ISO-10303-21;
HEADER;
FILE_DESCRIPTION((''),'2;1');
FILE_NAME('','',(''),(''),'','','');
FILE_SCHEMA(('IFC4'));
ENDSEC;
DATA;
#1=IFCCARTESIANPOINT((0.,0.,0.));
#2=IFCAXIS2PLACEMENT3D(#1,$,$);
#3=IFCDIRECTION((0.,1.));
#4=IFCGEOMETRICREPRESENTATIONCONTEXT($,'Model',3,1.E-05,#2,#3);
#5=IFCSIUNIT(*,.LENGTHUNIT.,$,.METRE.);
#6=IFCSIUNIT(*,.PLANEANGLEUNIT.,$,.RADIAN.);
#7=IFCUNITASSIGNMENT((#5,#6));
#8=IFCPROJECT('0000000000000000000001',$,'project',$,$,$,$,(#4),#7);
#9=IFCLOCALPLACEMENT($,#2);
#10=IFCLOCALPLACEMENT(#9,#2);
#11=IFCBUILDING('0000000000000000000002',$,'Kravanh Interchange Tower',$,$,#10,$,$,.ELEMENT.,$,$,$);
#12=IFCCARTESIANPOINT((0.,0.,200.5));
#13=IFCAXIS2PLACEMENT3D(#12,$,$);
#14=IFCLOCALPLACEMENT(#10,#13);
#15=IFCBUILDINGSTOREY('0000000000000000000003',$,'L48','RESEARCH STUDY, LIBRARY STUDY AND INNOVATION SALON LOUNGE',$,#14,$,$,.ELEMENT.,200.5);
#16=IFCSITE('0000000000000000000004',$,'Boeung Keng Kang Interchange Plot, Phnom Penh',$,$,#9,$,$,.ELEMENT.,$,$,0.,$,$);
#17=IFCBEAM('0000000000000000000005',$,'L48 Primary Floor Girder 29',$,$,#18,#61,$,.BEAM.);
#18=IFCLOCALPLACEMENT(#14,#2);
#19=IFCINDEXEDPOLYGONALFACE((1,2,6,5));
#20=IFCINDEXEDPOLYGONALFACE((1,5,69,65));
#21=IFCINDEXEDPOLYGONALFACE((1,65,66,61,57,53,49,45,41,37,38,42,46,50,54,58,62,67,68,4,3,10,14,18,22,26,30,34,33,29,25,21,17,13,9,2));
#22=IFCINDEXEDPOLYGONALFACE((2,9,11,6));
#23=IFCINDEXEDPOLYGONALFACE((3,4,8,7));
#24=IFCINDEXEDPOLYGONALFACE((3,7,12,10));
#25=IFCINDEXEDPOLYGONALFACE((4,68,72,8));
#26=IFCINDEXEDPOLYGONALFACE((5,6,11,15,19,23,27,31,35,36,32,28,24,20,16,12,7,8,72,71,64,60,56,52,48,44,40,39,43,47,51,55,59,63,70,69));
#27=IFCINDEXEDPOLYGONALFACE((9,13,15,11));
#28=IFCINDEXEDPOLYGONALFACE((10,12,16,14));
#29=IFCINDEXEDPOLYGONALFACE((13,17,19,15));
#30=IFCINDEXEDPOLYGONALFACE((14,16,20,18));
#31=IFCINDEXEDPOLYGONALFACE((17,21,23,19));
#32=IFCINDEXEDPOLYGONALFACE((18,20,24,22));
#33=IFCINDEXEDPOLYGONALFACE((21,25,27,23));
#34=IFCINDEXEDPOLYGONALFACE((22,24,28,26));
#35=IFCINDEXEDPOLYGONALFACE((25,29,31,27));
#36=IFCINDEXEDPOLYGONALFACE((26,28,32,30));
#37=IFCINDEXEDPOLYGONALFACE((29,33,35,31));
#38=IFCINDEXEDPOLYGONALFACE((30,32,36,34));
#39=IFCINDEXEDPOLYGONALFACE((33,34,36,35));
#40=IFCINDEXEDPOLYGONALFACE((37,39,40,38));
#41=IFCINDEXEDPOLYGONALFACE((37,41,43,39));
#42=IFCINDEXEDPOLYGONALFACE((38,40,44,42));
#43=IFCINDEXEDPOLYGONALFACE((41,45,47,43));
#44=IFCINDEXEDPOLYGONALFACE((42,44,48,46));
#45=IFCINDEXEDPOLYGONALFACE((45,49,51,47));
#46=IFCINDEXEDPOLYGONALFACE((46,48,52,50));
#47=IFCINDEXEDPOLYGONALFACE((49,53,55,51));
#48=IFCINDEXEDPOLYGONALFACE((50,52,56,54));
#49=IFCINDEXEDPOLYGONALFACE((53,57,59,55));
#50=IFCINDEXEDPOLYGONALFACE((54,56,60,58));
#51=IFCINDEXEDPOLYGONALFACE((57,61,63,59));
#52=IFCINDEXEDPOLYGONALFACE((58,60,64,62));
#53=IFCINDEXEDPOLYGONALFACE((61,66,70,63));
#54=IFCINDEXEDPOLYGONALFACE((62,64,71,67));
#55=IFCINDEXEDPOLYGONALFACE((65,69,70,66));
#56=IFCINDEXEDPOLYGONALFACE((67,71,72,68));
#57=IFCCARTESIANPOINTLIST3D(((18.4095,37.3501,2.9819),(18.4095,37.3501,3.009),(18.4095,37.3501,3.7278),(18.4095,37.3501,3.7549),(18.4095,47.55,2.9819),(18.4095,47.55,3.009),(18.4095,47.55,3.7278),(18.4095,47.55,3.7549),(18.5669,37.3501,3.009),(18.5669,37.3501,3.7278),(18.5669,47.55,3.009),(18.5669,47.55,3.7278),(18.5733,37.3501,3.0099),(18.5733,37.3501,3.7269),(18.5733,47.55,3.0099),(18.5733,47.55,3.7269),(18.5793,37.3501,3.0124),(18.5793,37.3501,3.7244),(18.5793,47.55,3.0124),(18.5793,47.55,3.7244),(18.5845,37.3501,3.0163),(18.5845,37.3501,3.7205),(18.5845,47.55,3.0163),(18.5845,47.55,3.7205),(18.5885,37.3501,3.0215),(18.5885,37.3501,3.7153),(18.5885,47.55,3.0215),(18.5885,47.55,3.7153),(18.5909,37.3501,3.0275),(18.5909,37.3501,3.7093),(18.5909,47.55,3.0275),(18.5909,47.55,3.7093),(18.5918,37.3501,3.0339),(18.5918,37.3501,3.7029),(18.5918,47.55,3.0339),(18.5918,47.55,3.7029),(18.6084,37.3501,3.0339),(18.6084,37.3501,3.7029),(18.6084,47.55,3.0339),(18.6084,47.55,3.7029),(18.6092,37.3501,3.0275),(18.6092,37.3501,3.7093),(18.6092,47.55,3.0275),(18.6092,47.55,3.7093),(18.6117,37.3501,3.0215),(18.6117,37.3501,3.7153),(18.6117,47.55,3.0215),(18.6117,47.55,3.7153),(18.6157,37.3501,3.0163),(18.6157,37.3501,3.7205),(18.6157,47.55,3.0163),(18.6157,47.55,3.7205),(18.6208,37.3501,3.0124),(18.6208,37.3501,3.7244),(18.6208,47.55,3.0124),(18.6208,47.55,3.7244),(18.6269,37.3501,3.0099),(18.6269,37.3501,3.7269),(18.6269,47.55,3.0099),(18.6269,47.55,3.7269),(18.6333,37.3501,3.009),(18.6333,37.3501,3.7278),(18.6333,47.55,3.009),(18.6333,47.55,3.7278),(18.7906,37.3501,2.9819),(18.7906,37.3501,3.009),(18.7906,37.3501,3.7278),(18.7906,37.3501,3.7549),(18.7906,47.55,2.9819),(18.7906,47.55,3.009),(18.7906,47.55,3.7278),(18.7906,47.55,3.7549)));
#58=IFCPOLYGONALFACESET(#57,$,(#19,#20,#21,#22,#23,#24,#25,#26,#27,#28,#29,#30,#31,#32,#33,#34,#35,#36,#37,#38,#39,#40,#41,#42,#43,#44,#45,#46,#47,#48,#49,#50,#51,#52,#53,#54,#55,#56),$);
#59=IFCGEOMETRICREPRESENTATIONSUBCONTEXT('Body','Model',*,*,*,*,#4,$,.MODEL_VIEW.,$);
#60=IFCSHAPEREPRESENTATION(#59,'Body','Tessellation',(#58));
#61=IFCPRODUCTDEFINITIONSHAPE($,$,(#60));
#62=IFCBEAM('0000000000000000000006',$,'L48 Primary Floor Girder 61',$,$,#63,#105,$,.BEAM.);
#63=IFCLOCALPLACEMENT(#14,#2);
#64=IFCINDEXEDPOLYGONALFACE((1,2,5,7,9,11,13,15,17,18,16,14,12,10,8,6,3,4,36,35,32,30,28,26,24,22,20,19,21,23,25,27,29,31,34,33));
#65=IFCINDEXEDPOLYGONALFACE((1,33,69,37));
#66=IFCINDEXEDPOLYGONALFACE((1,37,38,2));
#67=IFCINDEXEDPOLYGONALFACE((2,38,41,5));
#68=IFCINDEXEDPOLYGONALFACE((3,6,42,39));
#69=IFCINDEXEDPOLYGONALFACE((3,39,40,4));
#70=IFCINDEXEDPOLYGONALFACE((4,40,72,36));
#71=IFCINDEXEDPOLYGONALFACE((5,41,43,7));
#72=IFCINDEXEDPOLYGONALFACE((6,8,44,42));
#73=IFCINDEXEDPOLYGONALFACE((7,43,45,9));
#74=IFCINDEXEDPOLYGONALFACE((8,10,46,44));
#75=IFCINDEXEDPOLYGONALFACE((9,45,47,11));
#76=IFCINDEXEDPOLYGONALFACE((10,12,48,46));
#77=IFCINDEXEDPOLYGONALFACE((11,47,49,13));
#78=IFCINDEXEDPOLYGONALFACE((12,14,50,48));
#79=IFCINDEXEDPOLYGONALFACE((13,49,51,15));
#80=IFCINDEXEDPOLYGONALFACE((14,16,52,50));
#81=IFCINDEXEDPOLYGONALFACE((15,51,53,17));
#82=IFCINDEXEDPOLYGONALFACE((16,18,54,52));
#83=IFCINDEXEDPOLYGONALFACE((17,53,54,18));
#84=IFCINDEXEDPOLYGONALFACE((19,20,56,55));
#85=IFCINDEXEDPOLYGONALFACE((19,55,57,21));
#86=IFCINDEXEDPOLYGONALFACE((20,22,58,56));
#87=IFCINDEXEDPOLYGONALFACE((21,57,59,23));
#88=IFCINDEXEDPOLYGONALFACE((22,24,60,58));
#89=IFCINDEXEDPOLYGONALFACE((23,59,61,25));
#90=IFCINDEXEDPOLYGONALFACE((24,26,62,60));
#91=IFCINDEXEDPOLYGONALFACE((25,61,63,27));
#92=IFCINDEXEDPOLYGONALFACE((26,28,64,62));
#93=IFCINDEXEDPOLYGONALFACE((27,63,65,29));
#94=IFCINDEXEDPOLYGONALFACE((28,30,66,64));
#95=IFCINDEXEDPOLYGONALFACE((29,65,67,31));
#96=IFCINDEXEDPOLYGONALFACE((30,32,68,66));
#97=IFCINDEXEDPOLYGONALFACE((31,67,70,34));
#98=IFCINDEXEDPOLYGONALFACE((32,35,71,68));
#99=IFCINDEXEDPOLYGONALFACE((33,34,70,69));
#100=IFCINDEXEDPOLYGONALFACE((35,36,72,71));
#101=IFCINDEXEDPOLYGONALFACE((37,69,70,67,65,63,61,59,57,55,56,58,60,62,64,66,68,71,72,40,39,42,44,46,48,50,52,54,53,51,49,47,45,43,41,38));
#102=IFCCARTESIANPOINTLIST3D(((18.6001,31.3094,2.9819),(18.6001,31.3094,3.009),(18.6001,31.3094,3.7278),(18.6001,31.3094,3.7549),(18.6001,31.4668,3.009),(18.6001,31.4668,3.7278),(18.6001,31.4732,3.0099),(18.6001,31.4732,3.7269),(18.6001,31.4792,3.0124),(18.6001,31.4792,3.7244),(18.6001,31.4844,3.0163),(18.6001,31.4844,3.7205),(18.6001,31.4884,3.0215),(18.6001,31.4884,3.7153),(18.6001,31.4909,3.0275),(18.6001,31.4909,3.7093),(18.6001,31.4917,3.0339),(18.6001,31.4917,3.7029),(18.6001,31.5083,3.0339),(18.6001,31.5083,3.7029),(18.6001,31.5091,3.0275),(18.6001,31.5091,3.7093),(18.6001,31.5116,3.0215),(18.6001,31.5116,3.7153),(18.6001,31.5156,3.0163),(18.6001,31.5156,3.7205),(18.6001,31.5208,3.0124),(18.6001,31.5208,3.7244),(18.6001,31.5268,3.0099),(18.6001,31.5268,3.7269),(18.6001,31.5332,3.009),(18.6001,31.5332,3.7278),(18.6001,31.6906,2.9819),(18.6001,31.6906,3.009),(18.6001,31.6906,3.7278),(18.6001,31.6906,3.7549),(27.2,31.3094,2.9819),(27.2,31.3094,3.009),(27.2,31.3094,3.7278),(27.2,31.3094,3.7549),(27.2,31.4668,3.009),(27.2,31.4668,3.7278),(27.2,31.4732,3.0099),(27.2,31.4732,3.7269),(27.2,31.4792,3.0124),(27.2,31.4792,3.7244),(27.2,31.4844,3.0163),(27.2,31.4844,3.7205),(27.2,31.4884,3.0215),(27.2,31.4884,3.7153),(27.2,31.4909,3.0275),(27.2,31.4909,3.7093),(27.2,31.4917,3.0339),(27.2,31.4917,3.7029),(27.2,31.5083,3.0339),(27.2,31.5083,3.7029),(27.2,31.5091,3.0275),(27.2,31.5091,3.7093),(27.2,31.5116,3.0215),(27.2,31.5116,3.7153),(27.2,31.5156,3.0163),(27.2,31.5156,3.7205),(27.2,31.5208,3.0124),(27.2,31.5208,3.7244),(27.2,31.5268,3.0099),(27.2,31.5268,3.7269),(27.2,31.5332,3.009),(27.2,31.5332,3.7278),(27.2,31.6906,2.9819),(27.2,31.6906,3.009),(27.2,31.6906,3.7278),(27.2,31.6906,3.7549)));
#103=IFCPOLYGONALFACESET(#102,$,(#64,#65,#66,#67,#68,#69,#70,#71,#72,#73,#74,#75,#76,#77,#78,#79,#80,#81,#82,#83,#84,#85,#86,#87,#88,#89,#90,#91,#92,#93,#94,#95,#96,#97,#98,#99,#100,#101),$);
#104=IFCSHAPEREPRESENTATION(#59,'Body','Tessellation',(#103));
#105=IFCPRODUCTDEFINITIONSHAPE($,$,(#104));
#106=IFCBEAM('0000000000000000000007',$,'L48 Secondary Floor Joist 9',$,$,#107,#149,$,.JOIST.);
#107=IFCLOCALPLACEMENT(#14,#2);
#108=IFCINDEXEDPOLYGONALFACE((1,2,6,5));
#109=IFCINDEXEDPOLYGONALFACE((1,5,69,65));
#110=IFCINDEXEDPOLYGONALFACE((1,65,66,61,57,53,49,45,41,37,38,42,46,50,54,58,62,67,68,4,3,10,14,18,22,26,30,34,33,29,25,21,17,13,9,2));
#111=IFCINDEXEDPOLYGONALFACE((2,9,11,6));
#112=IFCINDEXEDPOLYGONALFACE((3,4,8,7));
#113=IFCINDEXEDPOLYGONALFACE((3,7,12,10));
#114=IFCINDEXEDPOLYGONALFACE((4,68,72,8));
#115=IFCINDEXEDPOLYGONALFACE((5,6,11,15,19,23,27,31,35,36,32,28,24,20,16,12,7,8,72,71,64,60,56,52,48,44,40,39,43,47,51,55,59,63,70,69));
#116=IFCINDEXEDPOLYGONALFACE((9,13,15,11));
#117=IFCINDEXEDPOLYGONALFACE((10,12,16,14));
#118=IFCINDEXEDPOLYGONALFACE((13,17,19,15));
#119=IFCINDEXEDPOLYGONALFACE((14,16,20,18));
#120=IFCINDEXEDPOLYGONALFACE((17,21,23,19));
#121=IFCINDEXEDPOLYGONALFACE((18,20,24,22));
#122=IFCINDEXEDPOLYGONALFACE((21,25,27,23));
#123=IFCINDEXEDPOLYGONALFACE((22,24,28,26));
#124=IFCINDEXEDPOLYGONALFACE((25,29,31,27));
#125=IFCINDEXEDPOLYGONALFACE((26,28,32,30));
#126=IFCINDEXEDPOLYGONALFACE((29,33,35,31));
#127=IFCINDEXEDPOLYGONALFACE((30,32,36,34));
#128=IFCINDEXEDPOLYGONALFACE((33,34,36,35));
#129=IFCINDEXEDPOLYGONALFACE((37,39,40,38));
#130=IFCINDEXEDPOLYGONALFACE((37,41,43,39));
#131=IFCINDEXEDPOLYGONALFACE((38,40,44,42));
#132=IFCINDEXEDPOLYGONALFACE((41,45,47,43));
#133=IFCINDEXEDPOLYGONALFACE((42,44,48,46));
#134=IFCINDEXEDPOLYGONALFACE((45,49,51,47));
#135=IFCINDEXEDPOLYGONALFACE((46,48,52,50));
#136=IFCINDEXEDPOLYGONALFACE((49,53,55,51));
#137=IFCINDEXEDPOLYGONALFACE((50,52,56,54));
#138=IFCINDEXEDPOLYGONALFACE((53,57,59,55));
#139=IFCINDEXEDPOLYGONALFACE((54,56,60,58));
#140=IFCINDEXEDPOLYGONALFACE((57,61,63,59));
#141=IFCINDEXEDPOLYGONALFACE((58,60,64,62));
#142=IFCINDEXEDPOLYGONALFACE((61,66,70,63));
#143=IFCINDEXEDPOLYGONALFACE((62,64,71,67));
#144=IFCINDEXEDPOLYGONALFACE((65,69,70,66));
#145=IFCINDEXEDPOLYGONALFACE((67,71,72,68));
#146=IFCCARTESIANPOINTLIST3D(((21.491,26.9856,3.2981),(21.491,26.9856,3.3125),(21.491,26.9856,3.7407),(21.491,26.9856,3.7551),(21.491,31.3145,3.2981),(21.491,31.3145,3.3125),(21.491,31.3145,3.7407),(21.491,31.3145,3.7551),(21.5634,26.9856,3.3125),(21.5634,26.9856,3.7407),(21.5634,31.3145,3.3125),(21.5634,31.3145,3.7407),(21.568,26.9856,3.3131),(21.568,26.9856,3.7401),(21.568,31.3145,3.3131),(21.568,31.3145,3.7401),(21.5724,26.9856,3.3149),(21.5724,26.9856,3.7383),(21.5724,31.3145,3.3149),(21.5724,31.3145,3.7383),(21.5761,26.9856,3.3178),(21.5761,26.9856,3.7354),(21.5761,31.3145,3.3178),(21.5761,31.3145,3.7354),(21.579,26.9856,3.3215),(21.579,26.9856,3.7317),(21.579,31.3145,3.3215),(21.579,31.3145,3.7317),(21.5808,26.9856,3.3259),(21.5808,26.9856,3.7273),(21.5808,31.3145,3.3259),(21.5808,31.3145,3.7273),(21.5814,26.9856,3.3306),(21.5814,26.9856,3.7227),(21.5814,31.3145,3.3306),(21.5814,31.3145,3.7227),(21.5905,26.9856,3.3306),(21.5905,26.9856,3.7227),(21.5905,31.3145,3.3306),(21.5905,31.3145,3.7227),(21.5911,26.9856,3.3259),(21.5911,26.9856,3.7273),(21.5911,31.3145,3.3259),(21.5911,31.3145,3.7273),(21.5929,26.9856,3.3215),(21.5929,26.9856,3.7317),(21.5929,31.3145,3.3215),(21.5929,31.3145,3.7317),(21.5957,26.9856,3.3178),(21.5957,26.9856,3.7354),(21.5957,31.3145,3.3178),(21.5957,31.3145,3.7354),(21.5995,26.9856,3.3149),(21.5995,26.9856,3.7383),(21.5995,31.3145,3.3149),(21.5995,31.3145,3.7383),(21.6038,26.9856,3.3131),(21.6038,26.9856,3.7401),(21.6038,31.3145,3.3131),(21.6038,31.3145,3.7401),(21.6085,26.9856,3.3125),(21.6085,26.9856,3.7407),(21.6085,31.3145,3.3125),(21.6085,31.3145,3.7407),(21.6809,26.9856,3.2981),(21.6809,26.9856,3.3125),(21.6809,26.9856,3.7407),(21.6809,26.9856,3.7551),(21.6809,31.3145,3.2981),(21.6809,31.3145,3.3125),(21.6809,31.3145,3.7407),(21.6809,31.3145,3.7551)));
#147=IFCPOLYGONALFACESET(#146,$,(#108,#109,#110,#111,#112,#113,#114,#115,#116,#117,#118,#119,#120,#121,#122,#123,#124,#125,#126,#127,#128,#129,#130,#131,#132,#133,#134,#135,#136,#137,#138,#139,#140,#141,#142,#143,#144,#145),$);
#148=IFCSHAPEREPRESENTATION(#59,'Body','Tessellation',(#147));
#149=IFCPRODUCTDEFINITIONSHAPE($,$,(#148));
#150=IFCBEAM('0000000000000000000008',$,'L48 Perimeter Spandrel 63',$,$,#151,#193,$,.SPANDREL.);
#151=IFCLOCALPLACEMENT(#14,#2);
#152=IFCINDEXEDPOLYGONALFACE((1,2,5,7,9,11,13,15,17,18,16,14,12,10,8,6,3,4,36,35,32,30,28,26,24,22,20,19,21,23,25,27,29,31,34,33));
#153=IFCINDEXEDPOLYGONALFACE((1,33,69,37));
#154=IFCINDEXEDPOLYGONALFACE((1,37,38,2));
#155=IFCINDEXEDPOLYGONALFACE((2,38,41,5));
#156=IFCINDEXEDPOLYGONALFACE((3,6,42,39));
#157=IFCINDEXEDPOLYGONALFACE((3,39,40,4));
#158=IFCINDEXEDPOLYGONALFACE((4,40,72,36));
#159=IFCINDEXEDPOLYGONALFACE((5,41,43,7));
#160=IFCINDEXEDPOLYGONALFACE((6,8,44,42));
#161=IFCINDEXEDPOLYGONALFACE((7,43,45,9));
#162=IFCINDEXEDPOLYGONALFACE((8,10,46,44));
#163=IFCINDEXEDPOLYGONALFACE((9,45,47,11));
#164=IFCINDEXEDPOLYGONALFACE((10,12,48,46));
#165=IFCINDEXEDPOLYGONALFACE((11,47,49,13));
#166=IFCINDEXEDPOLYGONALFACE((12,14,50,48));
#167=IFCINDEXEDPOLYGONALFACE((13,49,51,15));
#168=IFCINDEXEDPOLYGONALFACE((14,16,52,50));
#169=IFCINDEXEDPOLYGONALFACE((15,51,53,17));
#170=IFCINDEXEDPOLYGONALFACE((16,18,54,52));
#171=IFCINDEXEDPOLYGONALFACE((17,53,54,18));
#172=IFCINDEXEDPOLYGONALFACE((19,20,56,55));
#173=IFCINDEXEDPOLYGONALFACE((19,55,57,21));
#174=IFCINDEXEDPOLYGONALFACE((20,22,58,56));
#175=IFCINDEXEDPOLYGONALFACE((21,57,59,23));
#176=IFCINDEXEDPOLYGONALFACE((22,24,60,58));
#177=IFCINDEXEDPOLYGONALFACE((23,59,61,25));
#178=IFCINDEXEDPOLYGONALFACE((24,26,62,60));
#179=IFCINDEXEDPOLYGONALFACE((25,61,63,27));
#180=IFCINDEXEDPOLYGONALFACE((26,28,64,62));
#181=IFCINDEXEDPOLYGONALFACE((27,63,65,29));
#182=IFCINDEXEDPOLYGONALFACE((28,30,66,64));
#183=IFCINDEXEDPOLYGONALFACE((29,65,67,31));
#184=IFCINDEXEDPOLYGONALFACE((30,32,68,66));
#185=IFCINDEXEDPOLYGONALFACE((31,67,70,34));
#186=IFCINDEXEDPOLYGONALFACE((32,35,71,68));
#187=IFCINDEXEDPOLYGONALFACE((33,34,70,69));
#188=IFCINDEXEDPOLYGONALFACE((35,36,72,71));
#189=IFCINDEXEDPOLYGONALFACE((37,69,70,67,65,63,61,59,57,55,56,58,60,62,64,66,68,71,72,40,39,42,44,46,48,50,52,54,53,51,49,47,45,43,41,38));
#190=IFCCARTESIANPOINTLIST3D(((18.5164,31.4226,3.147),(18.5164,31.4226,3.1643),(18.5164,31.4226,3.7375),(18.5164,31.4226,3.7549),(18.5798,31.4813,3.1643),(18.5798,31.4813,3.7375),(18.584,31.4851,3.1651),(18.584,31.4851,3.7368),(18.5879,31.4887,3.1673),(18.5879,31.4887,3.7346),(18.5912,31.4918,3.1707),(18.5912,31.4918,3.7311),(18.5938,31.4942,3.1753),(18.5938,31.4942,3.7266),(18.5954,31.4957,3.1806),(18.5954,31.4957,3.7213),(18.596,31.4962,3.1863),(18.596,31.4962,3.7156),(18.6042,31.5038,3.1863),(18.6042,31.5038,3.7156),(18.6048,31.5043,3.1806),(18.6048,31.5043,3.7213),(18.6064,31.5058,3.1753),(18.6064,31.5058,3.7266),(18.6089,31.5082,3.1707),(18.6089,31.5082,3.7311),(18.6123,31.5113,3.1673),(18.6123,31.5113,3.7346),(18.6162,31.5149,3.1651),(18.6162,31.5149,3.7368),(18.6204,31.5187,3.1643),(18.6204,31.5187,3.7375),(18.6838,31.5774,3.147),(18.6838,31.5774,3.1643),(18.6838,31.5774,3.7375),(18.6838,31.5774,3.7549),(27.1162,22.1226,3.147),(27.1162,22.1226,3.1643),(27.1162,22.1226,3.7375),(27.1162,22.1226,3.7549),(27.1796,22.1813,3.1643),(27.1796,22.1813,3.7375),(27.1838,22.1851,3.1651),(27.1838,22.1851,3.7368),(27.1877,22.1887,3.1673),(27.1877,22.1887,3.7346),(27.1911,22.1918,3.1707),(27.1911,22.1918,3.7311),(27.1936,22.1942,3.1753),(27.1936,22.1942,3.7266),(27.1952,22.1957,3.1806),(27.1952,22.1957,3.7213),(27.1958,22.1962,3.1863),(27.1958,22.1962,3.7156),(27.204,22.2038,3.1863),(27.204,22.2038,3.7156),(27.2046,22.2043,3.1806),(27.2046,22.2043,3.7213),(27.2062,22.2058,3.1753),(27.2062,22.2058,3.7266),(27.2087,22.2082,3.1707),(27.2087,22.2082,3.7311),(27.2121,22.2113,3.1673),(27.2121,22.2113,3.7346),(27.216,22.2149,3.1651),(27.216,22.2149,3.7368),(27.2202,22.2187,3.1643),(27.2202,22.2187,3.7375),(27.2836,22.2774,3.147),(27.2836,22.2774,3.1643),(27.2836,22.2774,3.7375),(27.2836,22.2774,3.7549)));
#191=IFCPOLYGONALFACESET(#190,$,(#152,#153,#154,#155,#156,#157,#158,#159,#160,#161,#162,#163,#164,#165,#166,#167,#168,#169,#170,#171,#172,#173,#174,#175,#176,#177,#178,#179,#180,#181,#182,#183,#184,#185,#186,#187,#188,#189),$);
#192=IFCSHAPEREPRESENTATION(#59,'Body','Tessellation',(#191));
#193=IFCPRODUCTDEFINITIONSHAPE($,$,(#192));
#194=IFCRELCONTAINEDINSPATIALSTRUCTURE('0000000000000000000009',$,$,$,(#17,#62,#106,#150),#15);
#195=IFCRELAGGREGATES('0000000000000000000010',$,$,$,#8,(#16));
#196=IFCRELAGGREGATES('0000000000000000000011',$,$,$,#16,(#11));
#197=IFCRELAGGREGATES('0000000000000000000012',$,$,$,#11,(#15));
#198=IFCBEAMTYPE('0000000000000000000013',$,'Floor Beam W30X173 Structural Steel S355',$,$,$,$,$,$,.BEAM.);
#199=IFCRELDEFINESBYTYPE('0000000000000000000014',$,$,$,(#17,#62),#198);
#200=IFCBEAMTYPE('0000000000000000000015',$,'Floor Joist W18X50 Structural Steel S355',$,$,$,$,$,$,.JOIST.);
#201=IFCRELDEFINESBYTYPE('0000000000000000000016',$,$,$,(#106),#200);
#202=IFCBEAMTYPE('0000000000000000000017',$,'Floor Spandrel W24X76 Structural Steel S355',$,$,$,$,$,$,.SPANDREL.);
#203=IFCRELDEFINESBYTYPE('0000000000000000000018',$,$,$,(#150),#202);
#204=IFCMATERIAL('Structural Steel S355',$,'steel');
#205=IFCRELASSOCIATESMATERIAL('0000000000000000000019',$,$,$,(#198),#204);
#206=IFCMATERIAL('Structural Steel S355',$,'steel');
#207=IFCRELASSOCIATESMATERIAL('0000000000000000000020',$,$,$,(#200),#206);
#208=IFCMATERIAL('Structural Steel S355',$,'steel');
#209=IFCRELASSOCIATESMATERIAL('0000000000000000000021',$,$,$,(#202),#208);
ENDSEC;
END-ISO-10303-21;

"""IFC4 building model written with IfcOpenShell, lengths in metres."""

from ifc_helpers import new_model, si_unit, direction, frame, origin, origin_2d, place, context, subcontext, project, spatial, i_section, extrude, material, material_profile, profile_set, type_object, element, save


model = new_model("IFC4")

# Units and contexts
model_context = context("Model", 3, precision=1e-05, world=origin(), true_north=direction((0.0, 1.0)))
body_context = subcontext(model_context, "Body", "Model", "MODEL_VIEW")
ifc_project = project(units=[si_unit("LENGTHUNIT", "METRE"), si_unit("PLANEANGLEUNIT", "RADIAN")], contexts=[model_context])

# Site, building, storey
site_placement = place(None, origin())
site = spatial("IfcSite", under=ifc_project, at=site_placement, Name="Boeung Keng Kang Interchange Plot, Phnom Penh", CompositionType="ELEMENT", RefElevation=0.0)
building_placement = place(site_placement, origin())
building = spatial("IfcBuilding", under=site, at=building_placement, Name="Kravanh Interchange Tower", CompositionType="ELEMENT")
storey_placement = place(building_placement, frame((0.0, 0.0, 200.5)))
storey = spatial("IfcBuildingStorey", under=building, at=storey_placement, Name="L48", Description="RESEARCH STUDY, LIBRARY STUDY AND INNOVATION SALON LOUNGE", CompositionType="ELEMENT", Elevation=200.5)

# Beams
ifc_material_1 = material(Name="Structural Steel S355", Category="steel")
ifc_material_profile_1 = material_profile(ifc_material_1, i_section(OverallWidth=0.3811, OverallDepth=0.7729, WebThickness=0.0166, FlangeThickness=0.0271, FilletRadius=0.0249, at=origin_2d()), Name="W30X173")
ifc_profile_set_1 = profile_set([ifc_material_profile_1], Name="Structural Steel S355")
beam_type_1 = type_object("IfcBeamType", Name="Floor Beam W30X173 Structural Steel S355", PredefinedType="BEAM", material=ifc_profile_set_1)
beam_1_placement = place(storey_placement, frame((18.6001, 37.3501, 3.3684), z_axis=(0.0, 1.0, 0.0), x_axis=(-1.0, 0.0, 0.0)))
element("IfcBeam", 1, at=beam_1_placement, inside=storey, type_object=beam_type_1, Name="L48 Primary Floor Girder 29", PredefinedType="BEAM", context=body_context, shape_type="SweptSolid", body=[
    extrude(i_section(OverallWidth=0.3811, OverallDepth=0.7729, WebThickness=0.0166, FlangeThickness=0.0271, FilletRadius=0.0249, at=origin_2d()), origin(), (0.0, 0.0, 1.0), 10.2),
])
beam_2_placement = place(storey_placement, frame((18.6001, 31.5, 3.3684), z_axis=(1.0, 0.0, 0.0), x_axis=(0.0, 1.0, 0.0)))
element("IfcBeam", 2, at=beam_2_placement, inside=storey, type_object=beam_type_1, Name="L48 Primary Floor Girder 61", PredefinedType="BEAM", context=body_context, shape_type="SweptSolid", body=[
    extrude(i_section(OverallWidth=0.3811, OverallDepth=0.7729, WebThickness=0.0166, FlangeThickness=0.0271, FilletRadius=0.0249, at=origin_2d()), origin(), (0.0, 0.0, 1.0), 8.5999),
])
ifc_material_2 = material(Name="Structural Steel S355", Category="steel")
ifc_material_profile_2 = material_profile(ifc_material_2, i_section(OverallWidth=0.1899, OverallDepth=0.457, WebThickness=0.009, FlangeThickness=0.0144, FilletRadius=0.0181, at=origin_2d()), Name="W18X50")
ifc_profile_set_2 = profile_set([ifc_material_profile_2], Name="Structural Steel S355")
beam_type_2 = type_object("IfcBeamType", Name="Floor Joist W18X50 Structural Steel S355", PredefinedType="JOIST", material=ifc_profile_set_2)
beam_3_placement = place(storey_placement, frame((21.5859, 26.9856, 3.5266), z_axis=(0.0, 1.0, 0.0), x_axis=(-1.0, 0.0, 0.0)))
element("IfcBeam", 3, at=beam_3_placement, inside=storey, type_object=beam_type_2, Name="L48 Secondary Floor Joist 9", PredefinedType="JOIST", context=body_context, shape_type="SweptSolid", body=[
    extrude(i_section(OverallWidth=0.1899, OverallDepth=0.457, WebThickness=0.009, FlangeThickness=0.0144, FilletRadius=0.0181, at=origin_2d()), origin(), (0.0, 0.0, 1.0), 4.3289),
])
ifc_material_3 = material(Name="Structural Steel S355", Category="steel")
ifc_material_profile_3 = material_profile(ifc_material_3, i_section(OverallWidth=0.228, OverallDepth=0.6079, WebThickness=0.0112, FlangeThickness=0.0173, FilletRadius=0.022, at=origin_2d()), Name="W24X76")
ifc_profile_set_3 = profile_set([ifc_material_profile_3], Name="Structural Steel S355")
beam_type_3 = type_object("IfcBeamType", Name="Floor Spandrel W24X76 Structural Steel S355", PredefinedType="SPANDREL", material=ifc_profile_set_3)
beam_4_placement = place(storey_placement, frame((18.6001, 31.5, 3.4509), z_axis=(0.678927, -0.734205, 0.0), x_axis=(0.734205, 0.678927, 0.0)))
element("IfcBeam", 4, at=beam_4_placement, inside=storey, type_object=beam_type_3, Name="L48 Perimeter Spandrel 63", PredefinedType="SPANDREL", context=body_context, shape_type="SweptSolid", body=[
    extrude(i_section(OverallWidth=0.228, OverallDepth=0.6079, WebThickness=0.0112, FlangeThickness=0.0173, FilletRadius=0.022, at=origin_2d()), origin(), (0.0, 0.0, 1.0), 12.6667),
])

save(model, "model.ifc")
